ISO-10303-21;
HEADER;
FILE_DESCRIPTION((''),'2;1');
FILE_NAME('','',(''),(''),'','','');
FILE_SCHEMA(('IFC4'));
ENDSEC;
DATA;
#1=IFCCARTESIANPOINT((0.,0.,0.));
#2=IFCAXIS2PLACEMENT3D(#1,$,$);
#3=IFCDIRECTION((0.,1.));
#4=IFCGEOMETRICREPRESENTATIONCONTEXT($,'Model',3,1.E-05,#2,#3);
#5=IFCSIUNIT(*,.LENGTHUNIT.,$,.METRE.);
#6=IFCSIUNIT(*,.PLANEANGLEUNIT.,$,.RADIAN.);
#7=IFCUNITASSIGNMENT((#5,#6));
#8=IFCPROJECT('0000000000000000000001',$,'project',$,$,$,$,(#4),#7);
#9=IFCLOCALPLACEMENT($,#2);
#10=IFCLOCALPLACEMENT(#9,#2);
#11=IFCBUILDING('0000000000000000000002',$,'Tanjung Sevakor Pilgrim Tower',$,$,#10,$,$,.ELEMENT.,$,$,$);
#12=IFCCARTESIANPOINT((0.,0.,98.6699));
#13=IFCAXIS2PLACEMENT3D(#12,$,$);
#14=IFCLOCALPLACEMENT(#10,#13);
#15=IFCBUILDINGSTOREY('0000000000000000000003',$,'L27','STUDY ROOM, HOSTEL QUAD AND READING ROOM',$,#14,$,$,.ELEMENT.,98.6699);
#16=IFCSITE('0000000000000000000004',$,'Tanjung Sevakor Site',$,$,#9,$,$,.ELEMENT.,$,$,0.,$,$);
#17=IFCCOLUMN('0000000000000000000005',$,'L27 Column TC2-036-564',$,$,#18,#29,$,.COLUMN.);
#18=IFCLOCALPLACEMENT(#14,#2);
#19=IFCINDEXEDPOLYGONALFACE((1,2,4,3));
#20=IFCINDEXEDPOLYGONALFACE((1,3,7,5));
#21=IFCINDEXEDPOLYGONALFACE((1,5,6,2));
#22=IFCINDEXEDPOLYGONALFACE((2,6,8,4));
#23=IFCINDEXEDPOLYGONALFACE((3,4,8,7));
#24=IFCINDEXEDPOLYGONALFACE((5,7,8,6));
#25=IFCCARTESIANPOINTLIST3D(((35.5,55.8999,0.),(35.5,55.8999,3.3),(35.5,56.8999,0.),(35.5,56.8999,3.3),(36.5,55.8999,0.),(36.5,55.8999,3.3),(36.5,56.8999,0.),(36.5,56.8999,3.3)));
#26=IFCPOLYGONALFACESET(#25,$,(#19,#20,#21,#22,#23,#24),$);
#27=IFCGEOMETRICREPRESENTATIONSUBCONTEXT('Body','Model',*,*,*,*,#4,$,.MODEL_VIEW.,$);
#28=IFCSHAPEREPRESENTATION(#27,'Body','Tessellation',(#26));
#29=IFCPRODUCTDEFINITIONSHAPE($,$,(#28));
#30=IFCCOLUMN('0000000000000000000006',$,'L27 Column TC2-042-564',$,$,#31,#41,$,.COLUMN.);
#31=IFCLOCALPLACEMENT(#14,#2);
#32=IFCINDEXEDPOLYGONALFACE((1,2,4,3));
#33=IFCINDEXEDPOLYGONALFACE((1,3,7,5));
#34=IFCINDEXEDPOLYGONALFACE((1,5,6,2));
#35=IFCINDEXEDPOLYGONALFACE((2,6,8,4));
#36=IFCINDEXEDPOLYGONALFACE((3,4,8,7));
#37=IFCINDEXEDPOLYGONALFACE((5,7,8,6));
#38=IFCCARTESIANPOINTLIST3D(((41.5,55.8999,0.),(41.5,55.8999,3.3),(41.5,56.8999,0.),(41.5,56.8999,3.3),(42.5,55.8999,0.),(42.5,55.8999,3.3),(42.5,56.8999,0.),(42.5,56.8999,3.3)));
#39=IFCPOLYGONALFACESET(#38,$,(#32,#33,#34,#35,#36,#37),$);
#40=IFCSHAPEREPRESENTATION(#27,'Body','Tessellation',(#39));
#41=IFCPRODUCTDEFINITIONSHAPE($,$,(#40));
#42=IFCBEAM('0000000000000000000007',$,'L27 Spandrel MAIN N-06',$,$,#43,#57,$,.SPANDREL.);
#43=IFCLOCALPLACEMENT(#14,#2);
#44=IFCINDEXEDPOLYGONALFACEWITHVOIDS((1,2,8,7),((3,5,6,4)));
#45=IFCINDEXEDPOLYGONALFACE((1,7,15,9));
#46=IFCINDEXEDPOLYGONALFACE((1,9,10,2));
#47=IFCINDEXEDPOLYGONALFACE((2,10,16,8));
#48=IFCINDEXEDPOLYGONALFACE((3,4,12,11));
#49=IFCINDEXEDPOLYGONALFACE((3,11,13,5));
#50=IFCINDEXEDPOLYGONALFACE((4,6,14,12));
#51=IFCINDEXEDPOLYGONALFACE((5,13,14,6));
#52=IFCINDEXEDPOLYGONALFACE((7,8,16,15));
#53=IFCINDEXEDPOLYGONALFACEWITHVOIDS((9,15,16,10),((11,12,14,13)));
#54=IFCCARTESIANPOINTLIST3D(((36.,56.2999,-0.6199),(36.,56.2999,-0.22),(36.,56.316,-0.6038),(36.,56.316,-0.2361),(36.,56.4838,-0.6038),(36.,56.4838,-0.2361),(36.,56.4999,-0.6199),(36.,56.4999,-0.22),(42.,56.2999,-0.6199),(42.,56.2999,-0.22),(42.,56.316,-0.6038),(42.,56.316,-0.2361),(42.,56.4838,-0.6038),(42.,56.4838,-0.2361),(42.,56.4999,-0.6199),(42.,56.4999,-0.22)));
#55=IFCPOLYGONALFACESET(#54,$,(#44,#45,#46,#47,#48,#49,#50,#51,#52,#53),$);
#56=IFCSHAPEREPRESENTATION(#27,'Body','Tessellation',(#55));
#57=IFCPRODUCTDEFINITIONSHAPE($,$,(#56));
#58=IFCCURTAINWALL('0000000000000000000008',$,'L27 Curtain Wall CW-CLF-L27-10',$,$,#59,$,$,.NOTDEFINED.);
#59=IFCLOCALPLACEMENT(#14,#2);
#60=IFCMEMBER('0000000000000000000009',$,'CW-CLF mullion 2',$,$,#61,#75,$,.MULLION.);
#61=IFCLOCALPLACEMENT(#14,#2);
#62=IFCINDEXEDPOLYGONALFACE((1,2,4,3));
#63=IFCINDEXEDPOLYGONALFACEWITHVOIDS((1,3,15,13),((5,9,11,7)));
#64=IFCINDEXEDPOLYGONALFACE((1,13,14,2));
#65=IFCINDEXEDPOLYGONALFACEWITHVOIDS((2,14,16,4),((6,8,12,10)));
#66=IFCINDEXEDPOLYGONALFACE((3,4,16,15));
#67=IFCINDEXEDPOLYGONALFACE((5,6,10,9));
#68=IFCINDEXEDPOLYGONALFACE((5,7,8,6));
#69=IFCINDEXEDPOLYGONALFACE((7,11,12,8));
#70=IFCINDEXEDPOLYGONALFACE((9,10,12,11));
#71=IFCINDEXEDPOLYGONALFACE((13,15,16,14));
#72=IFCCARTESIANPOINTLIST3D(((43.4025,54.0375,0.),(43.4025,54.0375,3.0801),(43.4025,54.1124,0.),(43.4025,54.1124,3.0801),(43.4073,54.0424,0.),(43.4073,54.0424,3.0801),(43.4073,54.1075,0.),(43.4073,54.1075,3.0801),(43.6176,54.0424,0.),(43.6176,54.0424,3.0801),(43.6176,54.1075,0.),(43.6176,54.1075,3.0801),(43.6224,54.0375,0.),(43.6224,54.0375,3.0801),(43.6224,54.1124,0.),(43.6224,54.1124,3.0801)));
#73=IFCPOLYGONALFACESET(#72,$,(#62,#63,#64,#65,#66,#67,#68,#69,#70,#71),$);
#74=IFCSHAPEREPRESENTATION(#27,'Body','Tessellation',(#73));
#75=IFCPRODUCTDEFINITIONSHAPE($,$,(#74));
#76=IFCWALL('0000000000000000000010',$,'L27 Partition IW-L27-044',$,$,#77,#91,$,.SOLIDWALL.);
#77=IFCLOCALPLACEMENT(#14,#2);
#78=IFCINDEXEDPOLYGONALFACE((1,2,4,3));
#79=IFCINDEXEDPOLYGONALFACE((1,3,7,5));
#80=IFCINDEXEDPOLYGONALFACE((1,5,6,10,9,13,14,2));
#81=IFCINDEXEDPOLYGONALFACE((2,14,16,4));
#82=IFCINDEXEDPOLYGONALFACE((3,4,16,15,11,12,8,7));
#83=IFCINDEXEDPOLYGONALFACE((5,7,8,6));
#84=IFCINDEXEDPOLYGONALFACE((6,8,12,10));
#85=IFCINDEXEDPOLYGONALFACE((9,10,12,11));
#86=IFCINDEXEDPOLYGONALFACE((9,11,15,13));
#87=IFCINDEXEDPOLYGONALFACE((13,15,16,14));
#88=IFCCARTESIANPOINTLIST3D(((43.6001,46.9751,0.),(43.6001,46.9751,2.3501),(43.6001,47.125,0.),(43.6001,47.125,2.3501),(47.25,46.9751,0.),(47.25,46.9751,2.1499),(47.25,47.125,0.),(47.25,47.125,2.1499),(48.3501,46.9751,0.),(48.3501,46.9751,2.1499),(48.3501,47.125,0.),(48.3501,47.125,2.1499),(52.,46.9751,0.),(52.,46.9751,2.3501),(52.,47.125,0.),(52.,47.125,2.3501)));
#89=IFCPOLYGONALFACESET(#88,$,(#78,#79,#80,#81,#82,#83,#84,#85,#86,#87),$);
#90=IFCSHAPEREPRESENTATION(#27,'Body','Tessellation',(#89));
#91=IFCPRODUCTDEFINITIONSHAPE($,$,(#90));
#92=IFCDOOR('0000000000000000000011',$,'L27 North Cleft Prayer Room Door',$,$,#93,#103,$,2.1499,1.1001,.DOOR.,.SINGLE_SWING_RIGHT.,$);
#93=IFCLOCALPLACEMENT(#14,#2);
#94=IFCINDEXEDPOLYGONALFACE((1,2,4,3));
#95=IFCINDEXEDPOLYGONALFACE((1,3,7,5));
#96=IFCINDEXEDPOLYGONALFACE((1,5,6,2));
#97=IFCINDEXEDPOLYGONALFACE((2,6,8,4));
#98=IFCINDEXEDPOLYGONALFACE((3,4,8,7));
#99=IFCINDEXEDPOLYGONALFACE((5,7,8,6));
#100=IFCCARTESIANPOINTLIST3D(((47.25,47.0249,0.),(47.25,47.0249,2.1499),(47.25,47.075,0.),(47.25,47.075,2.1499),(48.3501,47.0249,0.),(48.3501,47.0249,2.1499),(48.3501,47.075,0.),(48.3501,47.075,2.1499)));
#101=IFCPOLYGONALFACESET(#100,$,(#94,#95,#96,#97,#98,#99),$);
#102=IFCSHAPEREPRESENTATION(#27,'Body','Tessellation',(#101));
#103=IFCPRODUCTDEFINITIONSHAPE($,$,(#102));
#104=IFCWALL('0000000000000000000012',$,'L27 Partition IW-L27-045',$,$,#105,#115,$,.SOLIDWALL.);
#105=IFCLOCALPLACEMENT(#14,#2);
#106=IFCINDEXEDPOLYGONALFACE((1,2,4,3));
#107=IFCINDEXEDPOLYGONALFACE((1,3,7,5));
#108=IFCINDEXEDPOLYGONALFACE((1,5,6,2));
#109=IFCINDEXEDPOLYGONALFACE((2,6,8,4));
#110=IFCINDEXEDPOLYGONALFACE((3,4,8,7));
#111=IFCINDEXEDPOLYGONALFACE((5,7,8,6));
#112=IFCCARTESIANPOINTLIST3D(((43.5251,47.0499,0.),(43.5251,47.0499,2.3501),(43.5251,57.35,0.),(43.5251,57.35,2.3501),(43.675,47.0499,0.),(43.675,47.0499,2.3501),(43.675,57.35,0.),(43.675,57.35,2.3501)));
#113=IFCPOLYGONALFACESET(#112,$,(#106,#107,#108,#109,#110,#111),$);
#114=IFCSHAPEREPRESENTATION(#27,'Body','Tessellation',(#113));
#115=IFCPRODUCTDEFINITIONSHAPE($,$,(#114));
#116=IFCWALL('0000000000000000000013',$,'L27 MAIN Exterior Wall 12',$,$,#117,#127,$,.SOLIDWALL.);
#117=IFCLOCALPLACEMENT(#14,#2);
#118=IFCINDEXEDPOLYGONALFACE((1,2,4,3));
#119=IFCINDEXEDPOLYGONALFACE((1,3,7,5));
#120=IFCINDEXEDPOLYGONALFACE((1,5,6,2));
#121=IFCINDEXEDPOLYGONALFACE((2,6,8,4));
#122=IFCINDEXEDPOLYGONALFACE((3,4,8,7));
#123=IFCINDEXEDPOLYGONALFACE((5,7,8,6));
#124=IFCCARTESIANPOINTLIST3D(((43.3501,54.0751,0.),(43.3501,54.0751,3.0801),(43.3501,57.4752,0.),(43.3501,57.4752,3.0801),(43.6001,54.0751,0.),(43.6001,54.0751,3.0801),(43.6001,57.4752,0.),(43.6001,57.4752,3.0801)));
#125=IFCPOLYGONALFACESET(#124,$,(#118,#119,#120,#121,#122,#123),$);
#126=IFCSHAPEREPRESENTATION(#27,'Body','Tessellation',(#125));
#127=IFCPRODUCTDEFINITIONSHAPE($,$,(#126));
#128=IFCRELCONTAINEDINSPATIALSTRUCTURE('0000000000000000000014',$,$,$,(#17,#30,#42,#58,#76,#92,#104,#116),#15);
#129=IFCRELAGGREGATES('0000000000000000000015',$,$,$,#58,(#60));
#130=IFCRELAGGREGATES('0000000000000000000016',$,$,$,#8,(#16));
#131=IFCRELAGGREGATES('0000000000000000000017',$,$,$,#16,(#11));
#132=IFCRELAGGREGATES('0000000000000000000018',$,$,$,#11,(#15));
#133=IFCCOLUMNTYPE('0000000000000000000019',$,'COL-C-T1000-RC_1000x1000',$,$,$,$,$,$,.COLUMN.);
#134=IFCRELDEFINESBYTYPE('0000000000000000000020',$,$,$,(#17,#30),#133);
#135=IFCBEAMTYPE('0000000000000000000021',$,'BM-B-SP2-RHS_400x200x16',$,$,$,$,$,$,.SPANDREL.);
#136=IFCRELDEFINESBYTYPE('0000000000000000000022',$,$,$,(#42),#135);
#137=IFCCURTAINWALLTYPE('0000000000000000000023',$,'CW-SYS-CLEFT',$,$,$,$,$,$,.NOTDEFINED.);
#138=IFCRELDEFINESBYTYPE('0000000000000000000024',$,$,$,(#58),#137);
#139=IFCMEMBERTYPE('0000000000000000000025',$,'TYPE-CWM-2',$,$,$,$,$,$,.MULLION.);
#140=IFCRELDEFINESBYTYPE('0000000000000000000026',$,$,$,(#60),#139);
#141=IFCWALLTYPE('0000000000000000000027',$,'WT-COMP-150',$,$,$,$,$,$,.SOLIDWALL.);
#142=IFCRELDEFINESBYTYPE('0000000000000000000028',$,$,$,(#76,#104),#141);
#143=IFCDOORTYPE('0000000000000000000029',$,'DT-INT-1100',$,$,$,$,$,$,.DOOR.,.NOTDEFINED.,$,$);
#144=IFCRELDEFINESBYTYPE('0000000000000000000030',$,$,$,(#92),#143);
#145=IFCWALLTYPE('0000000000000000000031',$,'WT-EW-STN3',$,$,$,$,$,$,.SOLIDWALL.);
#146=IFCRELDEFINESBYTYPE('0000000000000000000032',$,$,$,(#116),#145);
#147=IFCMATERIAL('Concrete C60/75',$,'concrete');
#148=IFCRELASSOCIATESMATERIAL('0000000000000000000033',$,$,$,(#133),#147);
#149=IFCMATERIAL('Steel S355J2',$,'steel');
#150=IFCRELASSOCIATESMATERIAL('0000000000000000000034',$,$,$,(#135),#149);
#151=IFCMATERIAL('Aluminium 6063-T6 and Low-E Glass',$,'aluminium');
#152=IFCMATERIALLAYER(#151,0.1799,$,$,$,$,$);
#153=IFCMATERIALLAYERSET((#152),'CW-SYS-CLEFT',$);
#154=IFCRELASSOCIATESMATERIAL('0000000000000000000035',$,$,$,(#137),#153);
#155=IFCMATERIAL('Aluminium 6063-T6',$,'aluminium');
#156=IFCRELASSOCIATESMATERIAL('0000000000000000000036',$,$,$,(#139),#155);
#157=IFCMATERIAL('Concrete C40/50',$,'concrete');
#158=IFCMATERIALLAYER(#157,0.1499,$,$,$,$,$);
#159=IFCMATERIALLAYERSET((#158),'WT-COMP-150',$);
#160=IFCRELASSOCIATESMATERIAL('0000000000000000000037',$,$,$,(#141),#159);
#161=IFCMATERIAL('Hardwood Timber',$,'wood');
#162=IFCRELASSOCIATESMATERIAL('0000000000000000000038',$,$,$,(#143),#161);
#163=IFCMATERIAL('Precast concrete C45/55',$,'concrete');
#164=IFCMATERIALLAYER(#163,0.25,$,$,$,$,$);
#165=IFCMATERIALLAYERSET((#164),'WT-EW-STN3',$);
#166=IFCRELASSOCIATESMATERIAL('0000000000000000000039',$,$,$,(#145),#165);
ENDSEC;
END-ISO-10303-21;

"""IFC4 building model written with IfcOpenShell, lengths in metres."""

from ifc_helpers import new_model, si_unit, direction, frame, frame_2d, origin, origin_2d, place, context, subcontext, project, spatial, rectangle, hollow_rectangle, extrude, material, layer, layer_set, material_profile, profile_set, type_object, element, fill, aggregate, save


model = new_model("IFC4")

# Units and contexts
model_context = context("Model", 3, precision=1e-05, world=origin(), true_north=direction((0.0, 1.0)))
body_context = subcontext(model_context, "Body", "Model", "MODEL_VIEW")
ifc_project = project(units=[si_unit("LENGTHUNIT", "METRE"), si_unit("PLANEANGLEUNIT", "RADIAN")], contexts=[model_context])

# Site, building, storey
site_placement = place(None, origin())
site = spatial("IfcSite", under=ifc_project, at=site_placement, Name="Tanjung Sevakor Site", CompositionType="ELEMENT", RefElevation=0.0)
building_placement = place(site_placement, origin())
building = spatial("IfcBuilding", under=site, at=building_placement, Name="Tanjung Sevakor Pilgrim Tower", CompositionType="ELEMENT")
storey_placement = place(building_placement, frame((0.0, 0.0, 98.6699)))
storey = spatial("IfcBuildingStorey", under=building, at=storey_placement, Name="L27", Description="STUDY ROOM, HOSTEL QUAD AND READING ROOM", CompositionType="ELEMENT", Elevation=98.6699)

# Columns
ifc_material_1 = material(Name="Concrete C60/75", Category="concrete")
ifc_material_profile_1 = material_profile(ifc_material_1, rectangle(XDim=1.0, YDim=1.0, at=origin_2d()))
ifc_profile_set_1 = profile_set([ifc_material_profile_1], Name="Concrete C60/75")
column_type = type_object("IfcColumnType", Name="COL-C-T1000-RC_1000x1000", PredefinedType="COLUMN", material=ifc_profile_set_1)
for number, where, z_axis, x_axis, name in (
    (1, (36.0, 56.3999, 0.0), (0.0, 0.0, 1.0), (1.0, 0.0, 0.0), "L27 Column TC2-036-564"),
    (2, (42.0, 56.3999, 0.0), (0.0, 0.0, 1.0), (1.0, 0.0, 0.0), "L27 Column TC2-042-564"),
):
    element("IfcColumn", number, at=place(storey_placement, frame(where, z_axis=z_axis, x_axis=x_axis)), inside=storey, type_object=column_type, Name=name, PredefinedType="COLUMN", context=body_context, shape_type="SweptSolid", body=[
        extrude(rectangle(XDim=1.0, YDim=1.0, at=origin_2d()), origin(), (0.0, 0.0, 1.0), 3.3),
    ])

# Beam
ifc_material_2 = material(Name="Steel S355J2", Category="steel")
ifc_material_profile_2 = material_profile(ifc_material_2, hollow_rectangle(XDim=0.2, YDim=0.3999, WallThickness=0.0161, at=origin_2d()))
ifc_profile_set_2 = profile_set([ifc_material_profile_2], Name="Steel S355J2")
beam_type = type_object("IfcBeamType", Name="BM-B-SP2-RHS_400x200x16", PredefinedType="SPANDREL", material=ifc_profile_set_2)
beam_placement = place(storey_placement, frame((36.0, 56.3999, -0.4199), z_axis=(1.0, 0.0, 0.0), x_axis=(0.0, 1.0, 0.0)))
element("IfcBeam", 3, at=beam_placement, inside=storey, type_object=beam_type, Name="L27 Spandrel MAIN N-06", PredefinedType="SPANDREL", context=body_context, shape_type="SweptSolid", body=[
    extrude(hollow_rectangle(XDim=0.2, YDim=0.3999, WallThickness=0.0161, at=origin_2d()), origin(), (0.0, 0.0, 1.0), 6.0),
])

# Curtain wall, member
ifc_material_3 = material(Name="Aluminium 6063-T6 and Low-E Glass", Category="aluminium")
ifc_layer_1 = layer(ifc_material_3, 0.1799)
ifc_layer_set_1 = layer_set([ifc_layer_1], Name="CW-SYS-CLEFT")
curtain_wall_type = type_object("IfcCurtainWallType", Name="CW-SYS-CLEFT", PredefinedType="NOTDEFINED", material=ifc_layer_set_1)
curtain_wall_placement = place(storey_placement, origin())
curtain_wall = element("IfcCurtainWall", 4, at=curtain_wall_placement, inside=storey, type_object=curtain_wall_type, Name="L27 Curtain Wall CW-CLF-L27-10", PredefinedType="NOTDEFINED")
ifc_material_4 = material(Name="Aluminium 6063-T6", Category="aluminium")
ifc_material_profile_3 = material_profile(ifc_material_4, hollow_rectangle(XDim=0.075, YDim=0.22, WallThickness=0.0049, at=origin_2d()))
ifc_profile_set_3 = profile_set([ifc_material_profile_3], Name="Aluminium 6063-T6")
member_type = type_object("IfcMemberType", Name="TYPE-CWM-2", PredefinedType="MULLION", material=ifc_profile_set_3)
member_placement = place(storey_placement, frame((43.5125, 54.075, 0.0), z_axis=(0.0, 0.0, 1.0), x_axis=(0.0, -1.0, 0.0)))
member = element("IfcMember", 5, at=member_placement, type_object=member_type, Name="CW-CLF mullion 2", PredefinedType="MULLION", context=body_context, shape_type="SweptSolid", body=[
    extrude(hollow_rectangle(XDim=0.075, YDim=0.22, WallThickness=0.0049, at=origin_2d()), origin(), (0.0, 0.0, 1.0), 3.0801),
])
aggregate(curtain_wall, [member])

# Wall, opening, door
ifc_material_5 = material(Name="Concrete C40/50", Category="concrete")
ifc_layer_2 = layer(ifc_material_5, 0.1499)
ifc_layer_set_2 = layer_set([ifc_layer_2], Name="WT-COMP-150")
wall_type_1 = type_object("IfcWallType", Name="WT-COMP-150", PredefinedType="SOLIDWALL", material=ifc_layer_set_2)
wall_1_placement = place(storey_placement, frame((43.6001, 47.05, 0.0), z_axis=(0.0, 0.0, 1.0), x_axis=(1.0, 0.0, 0.0)))
wall_1 = element("IfcWall", 6, at=wall_1_placement, inside=storey, type_object=wall_type_1, Name="L27 Partition IW-L27-044", PredefinedType="SOLIDWALL", context=body_context, shape_type="SweptSolid", body=[
    extrude(rectangle(XDim=8.3999, YDim=0.1499, at=frame_2d((4.2, 0.0))), origin(), (0.0, 0.0, 1.0), 2.3501),
])
opening_1_placement = place(wall_1_placement, frame((3.6499, 0.0, 0.0)))
opening_1 = element("IfcOpeningElement", 7, at=opening_1_placement, cuts=wall_1, PredefinedType="OPENING", context=body_context, shape_type="SweptSolid", body=[
    extrude(rectangle(XDim=1.1001, YDim=2.1499, at=frame_2d((0.55, 1.075))), frame((0.0, 0.085, 0.0), z_axis=(0.0, -1.0, 0.0), x_axis=(1.0, 0.0, 0.0)), (0.0, 0.0, 1.0), 0.1699),
])
ifc_material_6 = material(Name="Hardwood Timber", Category="wood")
door_type_1 = type_object("IfcDoorType", Name="DT-INT-1100", OperationType="NOTDEFINED", PredefinedType="DOOR", material=ifc_material_6)
door_1_placement = place(opening_1_placement, origin())
door_1 = element("IfcDoor", 8, at=door_1_placement, inside=storey, type_object=door_type_1, Name="L27 North Cleft Prayer Room Door", OperationType="SINGLE_SWING_RIGHT", OverallHeight=2.1499, OverallWidth=1.1001, PredefinedType="DOOR", context=body_context, shape_type="SweptSolid", body=[
    extrude(rectangle(XDim=1.1001, YDim=2.1499, at=frame_2d((0.55, 1.075))), frame((0.0, 0.0249, 0.0), z_axis=(0.0, -1.0, 0.0), x_axis=(1.0, 0.0, 0.0)), (0.0, 0.0, 1.0), 0.05),
])
fill(opening_1, door_1)

# Walls
wall_2_placement = place(storey_placement, frame((43.6001, 47.05, 0.0), z_axis=(0.0, 0.0, 1.0), x_axis=(0.0, 1.0, 0.0)))
element("IfcWall", 9, at=wall_2_placement, inside=storey, type_object=wall_type_1, Name="L27 Partition IW-L27-045", PredefinedType="SOLIDWALL", context=body_context, shape_type="SweptSolid", body=[
    extrude(rectangle(XDim=10.3, YDim=0.1499, at=frame_2d((5.1499, 0.0))), origin(), (0.0, 0.0, 1.0), 2.3501),
])
ifc_material_7 = material(Name="Precast concrete C45/55", Category="concrete")
ifc_layer_3 = layer(ifc_material_7, 0.25)
ifc_layer_set_3 = layer_set([ifc_layer_3], Name="WT-EW-STN3")
wall_type_2 = type_object("IfcWallType", Name="WT-EW-STN3", PredefinedType="SOLIDWALL", material=ifc_layer_set_3)
wall_3_placement = place(storey_placement, frame((43.4751, 54.075, 0.0), z_axis=(0.0, 0.0, 1.0), x_axis=(0.0, 1.0, 0.0)))
element("IfcWall", 10, at=wall_3_placement, inside=storey, type_object=wall_type_2, Name="L27 MAIN Exterior Wall 12", PredefinedType="SOLIDWALL", context=body_context, shape_type="SweptSolid", body=[
    extrude(rectangle(XDim=3.4001, YDim=0.25, at=frame_2d((1.7002, 0.0))), origin(), (0.0, 0.0, 1.0), 3.0801),
])

save(model, "model.ifc")
